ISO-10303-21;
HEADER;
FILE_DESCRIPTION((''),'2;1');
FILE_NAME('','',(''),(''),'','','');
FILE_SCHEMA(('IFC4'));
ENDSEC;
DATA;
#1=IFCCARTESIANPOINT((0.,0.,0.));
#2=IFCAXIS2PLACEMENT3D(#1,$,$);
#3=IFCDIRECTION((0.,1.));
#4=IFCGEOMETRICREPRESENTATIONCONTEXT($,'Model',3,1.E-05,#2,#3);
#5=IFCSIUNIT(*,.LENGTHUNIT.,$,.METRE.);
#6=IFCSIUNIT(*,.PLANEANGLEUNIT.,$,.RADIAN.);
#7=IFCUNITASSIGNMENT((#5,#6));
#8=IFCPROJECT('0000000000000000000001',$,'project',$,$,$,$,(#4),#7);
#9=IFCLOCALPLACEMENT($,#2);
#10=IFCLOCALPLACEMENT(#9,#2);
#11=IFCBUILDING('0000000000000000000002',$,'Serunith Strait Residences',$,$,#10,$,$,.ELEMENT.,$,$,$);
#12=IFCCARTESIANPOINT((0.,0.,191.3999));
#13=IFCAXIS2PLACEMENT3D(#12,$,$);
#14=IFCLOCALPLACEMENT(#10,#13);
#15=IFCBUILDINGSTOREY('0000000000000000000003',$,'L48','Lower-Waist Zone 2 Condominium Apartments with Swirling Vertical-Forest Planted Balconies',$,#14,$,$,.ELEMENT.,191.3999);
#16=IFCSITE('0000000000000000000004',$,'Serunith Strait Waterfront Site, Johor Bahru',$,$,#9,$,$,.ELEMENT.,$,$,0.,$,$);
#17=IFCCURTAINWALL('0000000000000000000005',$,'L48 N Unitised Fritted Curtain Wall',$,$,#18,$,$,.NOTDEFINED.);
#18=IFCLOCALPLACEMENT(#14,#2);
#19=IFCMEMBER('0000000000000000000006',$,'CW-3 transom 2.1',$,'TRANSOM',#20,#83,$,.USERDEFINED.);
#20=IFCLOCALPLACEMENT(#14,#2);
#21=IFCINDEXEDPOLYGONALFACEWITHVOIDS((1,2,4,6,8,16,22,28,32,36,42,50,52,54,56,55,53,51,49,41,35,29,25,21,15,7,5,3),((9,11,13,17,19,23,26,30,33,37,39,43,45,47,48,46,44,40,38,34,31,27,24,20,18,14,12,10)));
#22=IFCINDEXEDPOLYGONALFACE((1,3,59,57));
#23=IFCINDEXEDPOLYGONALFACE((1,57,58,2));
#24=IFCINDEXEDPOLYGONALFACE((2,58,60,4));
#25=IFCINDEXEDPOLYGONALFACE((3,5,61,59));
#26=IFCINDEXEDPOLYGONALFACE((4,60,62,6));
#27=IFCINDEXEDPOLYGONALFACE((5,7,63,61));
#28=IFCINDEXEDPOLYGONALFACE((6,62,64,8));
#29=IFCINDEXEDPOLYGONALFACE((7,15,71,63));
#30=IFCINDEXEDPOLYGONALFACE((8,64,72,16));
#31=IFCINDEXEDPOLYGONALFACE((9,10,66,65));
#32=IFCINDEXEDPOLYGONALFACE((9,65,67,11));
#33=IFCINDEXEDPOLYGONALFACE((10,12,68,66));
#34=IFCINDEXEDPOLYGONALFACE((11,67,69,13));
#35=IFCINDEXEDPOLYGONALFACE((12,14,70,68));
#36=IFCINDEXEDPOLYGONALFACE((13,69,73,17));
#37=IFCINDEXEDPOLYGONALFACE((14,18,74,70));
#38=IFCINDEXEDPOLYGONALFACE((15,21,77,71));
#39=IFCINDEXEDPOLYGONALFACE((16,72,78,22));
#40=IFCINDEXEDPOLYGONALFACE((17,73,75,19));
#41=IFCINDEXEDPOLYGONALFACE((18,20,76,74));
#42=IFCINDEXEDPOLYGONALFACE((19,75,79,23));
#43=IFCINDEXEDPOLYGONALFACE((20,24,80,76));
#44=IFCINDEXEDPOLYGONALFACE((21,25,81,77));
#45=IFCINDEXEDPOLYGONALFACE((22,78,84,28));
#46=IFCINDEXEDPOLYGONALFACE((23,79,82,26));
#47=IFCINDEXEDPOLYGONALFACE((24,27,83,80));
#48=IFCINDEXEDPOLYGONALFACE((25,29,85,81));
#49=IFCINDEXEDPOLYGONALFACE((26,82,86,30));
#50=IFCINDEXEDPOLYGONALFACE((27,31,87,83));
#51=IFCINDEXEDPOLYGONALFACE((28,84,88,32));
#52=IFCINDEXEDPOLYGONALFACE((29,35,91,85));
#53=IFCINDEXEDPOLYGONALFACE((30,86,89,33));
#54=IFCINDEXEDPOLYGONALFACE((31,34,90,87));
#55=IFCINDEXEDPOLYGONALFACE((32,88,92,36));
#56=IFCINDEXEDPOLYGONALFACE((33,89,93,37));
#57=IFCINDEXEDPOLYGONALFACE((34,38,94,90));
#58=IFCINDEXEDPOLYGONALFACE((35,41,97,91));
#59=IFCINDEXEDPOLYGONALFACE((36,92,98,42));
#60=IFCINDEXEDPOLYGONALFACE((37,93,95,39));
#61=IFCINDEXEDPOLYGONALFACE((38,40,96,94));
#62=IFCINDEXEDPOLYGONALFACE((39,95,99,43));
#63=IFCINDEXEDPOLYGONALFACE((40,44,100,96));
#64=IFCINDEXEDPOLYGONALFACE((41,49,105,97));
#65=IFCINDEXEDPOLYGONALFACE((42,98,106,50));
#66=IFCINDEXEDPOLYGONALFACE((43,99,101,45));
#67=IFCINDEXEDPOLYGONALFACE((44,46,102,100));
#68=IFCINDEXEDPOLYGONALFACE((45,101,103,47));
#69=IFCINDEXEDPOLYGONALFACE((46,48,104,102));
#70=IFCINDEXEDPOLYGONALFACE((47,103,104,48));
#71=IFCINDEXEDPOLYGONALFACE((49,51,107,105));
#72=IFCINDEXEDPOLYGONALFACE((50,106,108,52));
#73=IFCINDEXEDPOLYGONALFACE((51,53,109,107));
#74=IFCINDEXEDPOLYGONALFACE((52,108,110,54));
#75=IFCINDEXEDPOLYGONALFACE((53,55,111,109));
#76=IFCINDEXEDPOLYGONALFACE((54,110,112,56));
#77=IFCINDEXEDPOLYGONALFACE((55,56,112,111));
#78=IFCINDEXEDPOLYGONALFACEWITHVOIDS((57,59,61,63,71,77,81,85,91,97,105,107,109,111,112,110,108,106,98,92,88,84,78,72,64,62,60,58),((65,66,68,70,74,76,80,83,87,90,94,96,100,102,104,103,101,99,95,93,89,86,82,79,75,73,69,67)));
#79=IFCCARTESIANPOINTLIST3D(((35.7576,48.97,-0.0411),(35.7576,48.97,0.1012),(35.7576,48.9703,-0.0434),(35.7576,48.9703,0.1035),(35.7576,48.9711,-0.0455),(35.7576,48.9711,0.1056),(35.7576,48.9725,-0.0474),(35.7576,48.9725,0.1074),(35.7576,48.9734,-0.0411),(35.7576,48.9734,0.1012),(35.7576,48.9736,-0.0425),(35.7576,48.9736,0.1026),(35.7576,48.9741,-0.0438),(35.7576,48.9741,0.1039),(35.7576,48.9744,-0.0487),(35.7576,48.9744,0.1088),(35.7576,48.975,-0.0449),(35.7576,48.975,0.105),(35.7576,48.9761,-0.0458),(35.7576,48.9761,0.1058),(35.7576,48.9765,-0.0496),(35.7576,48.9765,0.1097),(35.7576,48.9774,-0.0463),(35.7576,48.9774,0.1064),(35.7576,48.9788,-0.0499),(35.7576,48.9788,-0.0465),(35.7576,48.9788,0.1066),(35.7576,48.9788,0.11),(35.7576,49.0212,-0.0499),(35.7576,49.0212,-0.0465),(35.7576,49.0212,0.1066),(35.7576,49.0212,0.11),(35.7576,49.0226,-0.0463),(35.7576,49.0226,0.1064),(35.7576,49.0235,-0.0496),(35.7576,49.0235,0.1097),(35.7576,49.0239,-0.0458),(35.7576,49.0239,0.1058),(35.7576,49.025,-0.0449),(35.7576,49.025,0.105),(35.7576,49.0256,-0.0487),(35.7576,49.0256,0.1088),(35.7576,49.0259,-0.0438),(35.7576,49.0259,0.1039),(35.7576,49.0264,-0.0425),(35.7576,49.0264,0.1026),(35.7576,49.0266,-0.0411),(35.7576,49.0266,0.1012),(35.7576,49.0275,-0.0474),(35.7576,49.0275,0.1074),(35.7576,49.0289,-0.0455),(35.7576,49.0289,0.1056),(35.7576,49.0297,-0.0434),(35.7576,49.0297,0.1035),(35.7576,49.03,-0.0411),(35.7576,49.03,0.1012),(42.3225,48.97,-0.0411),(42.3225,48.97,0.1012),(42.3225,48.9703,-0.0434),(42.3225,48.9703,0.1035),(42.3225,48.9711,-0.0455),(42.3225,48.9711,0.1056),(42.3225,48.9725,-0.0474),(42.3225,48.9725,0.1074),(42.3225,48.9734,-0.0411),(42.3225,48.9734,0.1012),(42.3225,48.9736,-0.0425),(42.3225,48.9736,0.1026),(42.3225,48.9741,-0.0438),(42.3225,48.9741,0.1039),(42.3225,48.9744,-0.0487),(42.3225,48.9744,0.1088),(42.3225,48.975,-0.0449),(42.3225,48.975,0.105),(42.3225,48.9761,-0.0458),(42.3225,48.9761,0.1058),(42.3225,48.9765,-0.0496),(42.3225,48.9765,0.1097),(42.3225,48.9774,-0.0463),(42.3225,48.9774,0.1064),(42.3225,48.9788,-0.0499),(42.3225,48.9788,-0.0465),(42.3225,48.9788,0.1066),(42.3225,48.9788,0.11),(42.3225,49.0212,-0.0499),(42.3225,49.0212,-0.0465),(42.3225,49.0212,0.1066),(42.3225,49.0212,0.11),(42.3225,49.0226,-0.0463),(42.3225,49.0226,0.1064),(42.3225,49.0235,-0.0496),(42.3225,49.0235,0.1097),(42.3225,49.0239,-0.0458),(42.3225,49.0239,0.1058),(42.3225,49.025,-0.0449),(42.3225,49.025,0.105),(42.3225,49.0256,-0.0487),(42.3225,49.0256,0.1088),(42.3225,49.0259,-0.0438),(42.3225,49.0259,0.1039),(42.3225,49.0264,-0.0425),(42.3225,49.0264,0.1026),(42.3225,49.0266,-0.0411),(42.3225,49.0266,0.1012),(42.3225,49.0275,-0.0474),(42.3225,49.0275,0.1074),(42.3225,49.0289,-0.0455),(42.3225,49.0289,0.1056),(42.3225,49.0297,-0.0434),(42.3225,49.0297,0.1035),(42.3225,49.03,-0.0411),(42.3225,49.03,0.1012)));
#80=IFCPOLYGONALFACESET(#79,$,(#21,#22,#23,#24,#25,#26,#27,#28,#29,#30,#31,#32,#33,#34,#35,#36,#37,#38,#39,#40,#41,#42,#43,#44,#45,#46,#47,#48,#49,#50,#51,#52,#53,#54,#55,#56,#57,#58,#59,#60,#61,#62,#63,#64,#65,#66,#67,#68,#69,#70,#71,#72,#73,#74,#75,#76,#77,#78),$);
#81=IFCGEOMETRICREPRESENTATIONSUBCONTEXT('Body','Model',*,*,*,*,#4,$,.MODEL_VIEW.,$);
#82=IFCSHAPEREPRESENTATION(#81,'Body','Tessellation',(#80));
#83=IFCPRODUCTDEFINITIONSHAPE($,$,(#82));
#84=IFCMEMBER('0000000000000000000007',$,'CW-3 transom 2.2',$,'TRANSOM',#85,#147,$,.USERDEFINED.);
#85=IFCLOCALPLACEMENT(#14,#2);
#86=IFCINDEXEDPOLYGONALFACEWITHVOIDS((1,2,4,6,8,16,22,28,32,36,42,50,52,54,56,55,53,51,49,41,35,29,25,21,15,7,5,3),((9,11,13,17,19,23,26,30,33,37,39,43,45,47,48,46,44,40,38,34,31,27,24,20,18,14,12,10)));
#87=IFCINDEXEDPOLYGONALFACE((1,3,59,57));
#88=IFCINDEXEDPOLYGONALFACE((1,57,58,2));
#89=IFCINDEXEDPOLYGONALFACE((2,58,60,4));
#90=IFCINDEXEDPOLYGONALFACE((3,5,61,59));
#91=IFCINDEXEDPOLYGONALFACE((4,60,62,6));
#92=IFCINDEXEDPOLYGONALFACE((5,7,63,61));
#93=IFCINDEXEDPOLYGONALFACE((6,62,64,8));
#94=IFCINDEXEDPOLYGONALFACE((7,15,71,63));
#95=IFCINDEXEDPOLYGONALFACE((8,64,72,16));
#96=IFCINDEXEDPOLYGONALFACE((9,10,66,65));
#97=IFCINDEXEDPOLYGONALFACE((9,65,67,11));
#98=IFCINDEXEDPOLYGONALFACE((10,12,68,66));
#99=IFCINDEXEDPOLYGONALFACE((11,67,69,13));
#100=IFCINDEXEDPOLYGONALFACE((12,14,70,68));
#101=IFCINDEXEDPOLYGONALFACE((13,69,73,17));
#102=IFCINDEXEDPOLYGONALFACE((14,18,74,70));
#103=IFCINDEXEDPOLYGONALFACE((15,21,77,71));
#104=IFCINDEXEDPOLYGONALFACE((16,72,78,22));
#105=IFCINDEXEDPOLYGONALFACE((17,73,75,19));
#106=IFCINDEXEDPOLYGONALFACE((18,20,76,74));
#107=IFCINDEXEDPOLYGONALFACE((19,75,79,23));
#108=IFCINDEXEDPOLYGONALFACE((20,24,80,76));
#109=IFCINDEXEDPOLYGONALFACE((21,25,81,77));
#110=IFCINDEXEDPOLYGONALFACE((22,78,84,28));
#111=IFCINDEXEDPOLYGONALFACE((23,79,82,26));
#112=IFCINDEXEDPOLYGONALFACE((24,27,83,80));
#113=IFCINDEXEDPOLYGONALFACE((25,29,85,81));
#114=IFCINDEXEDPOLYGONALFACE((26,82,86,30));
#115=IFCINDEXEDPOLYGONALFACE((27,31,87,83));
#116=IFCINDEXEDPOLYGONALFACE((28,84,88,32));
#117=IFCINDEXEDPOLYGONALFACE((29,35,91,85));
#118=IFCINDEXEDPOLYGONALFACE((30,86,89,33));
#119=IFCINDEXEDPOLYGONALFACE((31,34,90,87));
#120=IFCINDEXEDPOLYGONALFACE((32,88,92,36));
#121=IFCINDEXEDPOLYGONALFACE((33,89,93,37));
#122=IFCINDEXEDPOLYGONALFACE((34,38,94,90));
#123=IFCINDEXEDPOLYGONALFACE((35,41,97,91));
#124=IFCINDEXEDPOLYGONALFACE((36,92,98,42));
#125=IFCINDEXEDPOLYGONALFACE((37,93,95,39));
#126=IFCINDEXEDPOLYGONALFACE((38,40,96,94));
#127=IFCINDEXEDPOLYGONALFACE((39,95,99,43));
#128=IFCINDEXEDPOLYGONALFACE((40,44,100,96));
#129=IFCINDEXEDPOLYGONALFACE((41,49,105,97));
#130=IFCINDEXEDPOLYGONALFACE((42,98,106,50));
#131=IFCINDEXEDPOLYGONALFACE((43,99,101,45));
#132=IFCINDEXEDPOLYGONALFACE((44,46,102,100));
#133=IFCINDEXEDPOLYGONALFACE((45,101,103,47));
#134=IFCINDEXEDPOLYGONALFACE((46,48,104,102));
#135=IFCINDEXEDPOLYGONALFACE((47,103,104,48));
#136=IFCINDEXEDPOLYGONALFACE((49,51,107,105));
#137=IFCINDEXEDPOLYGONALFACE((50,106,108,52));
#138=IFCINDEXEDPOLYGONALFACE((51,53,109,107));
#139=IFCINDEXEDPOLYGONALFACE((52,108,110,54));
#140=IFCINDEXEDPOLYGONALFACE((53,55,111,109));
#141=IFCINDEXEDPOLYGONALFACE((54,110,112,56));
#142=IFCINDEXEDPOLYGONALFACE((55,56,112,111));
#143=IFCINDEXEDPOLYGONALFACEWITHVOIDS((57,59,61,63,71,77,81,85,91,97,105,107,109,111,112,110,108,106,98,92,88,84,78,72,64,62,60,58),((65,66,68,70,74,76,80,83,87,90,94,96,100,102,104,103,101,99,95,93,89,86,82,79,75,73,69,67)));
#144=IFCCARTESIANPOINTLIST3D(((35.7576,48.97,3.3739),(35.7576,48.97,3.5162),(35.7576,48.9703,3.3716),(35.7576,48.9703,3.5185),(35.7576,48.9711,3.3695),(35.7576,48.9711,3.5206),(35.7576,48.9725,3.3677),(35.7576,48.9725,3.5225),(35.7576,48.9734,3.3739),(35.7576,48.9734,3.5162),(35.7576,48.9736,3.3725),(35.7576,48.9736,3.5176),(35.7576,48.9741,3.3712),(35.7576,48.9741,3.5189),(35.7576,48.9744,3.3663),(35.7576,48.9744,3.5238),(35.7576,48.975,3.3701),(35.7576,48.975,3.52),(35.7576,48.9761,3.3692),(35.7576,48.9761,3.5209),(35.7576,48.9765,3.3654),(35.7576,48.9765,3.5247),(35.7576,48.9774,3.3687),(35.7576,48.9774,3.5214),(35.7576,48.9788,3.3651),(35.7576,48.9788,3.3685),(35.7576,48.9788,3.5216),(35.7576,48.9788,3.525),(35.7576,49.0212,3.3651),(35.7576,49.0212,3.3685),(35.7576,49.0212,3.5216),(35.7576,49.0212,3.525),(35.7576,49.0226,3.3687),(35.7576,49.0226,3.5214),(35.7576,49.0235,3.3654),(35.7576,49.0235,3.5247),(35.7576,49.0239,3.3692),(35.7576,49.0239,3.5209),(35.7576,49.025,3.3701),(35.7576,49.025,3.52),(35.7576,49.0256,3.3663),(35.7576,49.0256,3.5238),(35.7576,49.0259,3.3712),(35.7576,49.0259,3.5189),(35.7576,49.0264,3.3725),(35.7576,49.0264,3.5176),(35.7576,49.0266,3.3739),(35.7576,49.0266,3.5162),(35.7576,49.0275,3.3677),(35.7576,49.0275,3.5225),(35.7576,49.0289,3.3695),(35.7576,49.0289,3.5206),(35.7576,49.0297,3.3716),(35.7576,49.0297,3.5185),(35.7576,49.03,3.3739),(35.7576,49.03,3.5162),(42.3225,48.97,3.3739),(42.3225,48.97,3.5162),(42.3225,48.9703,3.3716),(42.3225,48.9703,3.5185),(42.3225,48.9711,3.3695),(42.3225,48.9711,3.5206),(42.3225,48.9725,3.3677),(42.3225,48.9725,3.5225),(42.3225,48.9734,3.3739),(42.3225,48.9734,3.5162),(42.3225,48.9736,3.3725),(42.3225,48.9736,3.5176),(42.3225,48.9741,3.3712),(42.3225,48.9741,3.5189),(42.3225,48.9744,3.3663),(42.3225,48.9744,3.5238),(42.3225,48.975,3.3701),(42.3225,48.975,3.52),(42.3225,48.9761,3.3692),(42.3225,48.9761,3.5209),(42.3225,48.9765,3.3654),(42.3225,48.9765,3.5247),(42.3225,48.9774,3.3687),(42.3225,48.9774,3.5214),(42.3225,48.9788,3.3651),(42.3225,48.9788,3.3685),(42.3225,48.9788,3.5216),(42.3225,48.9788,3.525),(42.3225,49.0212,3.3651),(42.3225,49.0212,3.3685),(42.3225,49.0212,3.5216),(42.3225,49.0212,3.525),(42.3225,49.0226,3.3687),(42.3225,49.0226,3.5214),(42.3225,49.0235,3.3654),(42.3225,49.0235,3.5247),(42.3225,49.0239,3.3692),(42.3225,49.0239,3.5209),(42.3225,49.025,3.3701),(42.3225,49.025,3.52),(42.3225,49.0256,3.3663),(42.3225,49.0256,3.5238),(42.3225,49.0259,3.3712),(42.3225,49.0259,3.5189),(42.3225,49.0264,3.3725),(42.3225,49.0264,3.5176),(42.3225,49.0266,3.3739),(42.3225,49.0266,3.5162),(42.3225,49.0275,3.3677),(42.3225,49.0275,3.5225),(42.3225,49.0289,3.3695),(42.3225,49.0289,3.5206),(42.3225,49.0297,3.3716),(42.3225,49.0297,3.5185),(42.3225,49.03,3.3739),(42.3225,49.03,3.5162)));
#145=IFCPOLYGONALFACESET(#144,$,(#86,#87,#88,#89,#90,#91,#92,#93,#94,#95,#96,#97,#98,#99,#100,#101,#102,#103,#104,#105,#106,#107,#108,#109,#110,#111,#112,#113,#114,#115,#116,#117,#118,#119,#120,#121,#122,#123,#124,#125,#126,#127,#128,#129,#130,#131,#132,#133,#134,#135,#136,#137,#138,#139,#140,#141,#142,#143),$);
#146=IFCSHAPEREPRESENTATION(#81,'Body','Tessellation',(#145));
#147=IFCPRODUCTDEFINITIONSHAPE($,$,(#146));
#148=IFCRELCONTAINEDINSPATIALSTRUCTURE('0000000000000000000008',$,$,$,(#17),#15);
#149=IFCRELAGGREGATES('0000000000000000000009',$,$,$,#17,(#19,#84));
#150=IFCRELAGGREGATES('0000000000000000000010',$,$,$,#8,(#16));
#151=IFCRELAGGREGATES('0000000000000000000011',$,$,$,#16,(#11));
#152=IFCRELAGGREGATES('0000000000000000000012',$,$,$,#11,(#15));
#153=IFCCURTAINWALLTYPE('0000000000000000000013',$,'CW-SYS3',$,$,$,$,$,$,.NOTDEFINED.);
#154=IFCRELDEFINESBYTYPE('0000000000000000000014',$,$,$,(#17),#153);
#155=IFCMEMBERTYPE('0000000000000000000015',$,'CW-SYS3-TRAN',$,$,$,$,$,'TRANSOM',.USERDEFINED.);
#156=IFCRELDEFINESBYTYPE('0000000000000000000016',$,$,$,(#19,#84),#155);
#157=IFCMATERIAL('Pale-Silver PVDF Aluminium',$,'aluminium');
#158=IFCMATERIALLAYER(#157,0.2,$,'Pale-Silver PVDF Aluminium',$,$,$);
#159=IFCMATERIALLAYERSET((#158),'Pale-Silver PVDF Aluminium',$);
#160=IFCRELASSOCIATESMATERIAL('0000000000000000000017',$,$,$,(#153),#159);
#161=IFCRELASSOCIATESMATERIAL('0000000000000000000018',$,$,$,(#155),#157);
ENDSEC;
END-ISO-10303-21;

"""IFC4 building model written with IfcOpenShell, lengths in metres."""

from ifc_helpers import new_model, si_unit, direction, frame, origin, origin_2d, place, context, subcontext, project, spatial, hollow_rectangle, extrude, source, transform, mapped, material, layer, layer_set, material_profile, profile_set, type_object, element, aggregate, save


model = new_model("IFC4")

# Units and contexts
model_context = context("Model", 3, precision=1e-05, world=origin(), true_north=direction((0.0, 1.0)))
body_context = subcontext(model_context, "Body", "Model", "MODEL_VIEW")
ifc_project = project(units=[si_unit("LENGTHUNIT", "METRE"), si_unit("PLANEANGLEUNIT", "RADIAN")], contexts=[model_context])

# Site, building, storey
site_placement = place(None, origin())
site = spatial("IfcSite", under=ifc_project, at=site_placement, Name="Serunith Strait Waterfront Site, Johor Bahru", CompositionType="ELEMENT", RefElevation=0.0)
building_placement = place(site_placement, origin())
building = spatial("IfcBuilding", under=site, at=building_placement, Name="Serunith Strait Residences", CompositionType="ELEMENT")
storey_placement = place(building_placement, frame((0.0, 0.0, 191.3999)))
storey = spatial("IfcBuildingStorey", under=building, at=storey_placement, Name="L48", Description="Lower-Waist Zone 2 Condominium Apartments with Swirling Vertical-Forest Planted Balconies", CompositionType="ELEMENT", Elevation=191.3999)

# Curtain wall, members
ifc_material_1 = material(Name="Pale-Silver PVDF Aluminium", Category="aluminium")
ifc_layer_1 = layer(ifc_material_1, 0.2, Name="Pale-Silver PVDF Aluminium")
ifc_layer_set_1 = layer_set([ifc_layer_1], Name="Pale-Silver PVDF Aluminium")
curtain_wall_type = type_object("IfcCurtainWallType", Name="CW-SYS3", PredefinedType="NOTDEFINED", material=ifc_layer_set_1)
curtain_wall_placement = place(storey_placement, origin())
curtain_wall = element("IfcCurtainWall", 1, at=curtain_wall_placement, inside=storey, type_object=curtain_wall_type, Name="L48 N Unitised Fritted Curtain Wall", PredefinedType="NOTDEFINED")
ifc_material_profile_1 = material_profile(ifc_material_1, hollow_rectangle(XDim=0.0601, YDim=0.1599, WallThickness=0.0034, InnerFilletRadius=0.0054, OuterFilletRadius=0.0088, at=origin_2d()), Name="ALU 160x60x3.5")
ifc_profile_set_1 = profile_set([ifc_material_profile_1], Name="Pale-Silver PVDF Aluminium")
member_type_1 = type_object("IfcMemberType", Name="CW-SYS3-TRAN", ElementType="TRANSOM", PredefinedType="USERDEFINED", material=ifc_profile_set_1)
shared_shape_1 = source(origin(), body_context, "Body", "SweptSolid", [
    extrude(hollow_rectangle(XDim=0.0601, YDim=0.1599, WallThickness=0.0034, InnerFilletRadius=0.0054, OuterFilletRadius=0.0088, at=origin_2d()), origin(), (0.0, 0.0, 1.0), 6.5649),
])
member_1_placement = place(storey_placement, frame((42.3225, 49.0, 0.03), z_axis=(-1.0, 0.0, 0.0), x_axis=(0.0, -1.0, 0.0)))
member_1 = element("IfcMember", 2, at=member_1_placement, type_object=member_type_1, Name="CW-3 transom 2.1", ObjectType="TRANSOM", PredefinedType="USERDEFINED", context=body_context, shape_type="MappedRepresentation", body=[
    mapped(shared_shape_1, transform((0.0, 0.0, 0.0), scale=1.0)),
])
member_2_placement = place(storey_placement, frame((42.3225, 49.0, 3.4451), z_axis=(-1.0, 0.0, 0.0), x_axis=(0.0, -1.0, 0.0)))
member_2 = element("IfcMember", 3, at=member_2_placement, type_object=member_type_1, Name="CW-3 transom 2.2", ObjectType="TRANSOM", PredefinedType="USERDEFINED", context=body_context, shape_type="MappedRepresentation", body=[
    mapped(shared_shape_1, transform((0.0, 0.0, 0.0), scale=1.0)),
])
aggregate(curtain_wall, [member_1, member_2])

save(model, "model.ifc")
